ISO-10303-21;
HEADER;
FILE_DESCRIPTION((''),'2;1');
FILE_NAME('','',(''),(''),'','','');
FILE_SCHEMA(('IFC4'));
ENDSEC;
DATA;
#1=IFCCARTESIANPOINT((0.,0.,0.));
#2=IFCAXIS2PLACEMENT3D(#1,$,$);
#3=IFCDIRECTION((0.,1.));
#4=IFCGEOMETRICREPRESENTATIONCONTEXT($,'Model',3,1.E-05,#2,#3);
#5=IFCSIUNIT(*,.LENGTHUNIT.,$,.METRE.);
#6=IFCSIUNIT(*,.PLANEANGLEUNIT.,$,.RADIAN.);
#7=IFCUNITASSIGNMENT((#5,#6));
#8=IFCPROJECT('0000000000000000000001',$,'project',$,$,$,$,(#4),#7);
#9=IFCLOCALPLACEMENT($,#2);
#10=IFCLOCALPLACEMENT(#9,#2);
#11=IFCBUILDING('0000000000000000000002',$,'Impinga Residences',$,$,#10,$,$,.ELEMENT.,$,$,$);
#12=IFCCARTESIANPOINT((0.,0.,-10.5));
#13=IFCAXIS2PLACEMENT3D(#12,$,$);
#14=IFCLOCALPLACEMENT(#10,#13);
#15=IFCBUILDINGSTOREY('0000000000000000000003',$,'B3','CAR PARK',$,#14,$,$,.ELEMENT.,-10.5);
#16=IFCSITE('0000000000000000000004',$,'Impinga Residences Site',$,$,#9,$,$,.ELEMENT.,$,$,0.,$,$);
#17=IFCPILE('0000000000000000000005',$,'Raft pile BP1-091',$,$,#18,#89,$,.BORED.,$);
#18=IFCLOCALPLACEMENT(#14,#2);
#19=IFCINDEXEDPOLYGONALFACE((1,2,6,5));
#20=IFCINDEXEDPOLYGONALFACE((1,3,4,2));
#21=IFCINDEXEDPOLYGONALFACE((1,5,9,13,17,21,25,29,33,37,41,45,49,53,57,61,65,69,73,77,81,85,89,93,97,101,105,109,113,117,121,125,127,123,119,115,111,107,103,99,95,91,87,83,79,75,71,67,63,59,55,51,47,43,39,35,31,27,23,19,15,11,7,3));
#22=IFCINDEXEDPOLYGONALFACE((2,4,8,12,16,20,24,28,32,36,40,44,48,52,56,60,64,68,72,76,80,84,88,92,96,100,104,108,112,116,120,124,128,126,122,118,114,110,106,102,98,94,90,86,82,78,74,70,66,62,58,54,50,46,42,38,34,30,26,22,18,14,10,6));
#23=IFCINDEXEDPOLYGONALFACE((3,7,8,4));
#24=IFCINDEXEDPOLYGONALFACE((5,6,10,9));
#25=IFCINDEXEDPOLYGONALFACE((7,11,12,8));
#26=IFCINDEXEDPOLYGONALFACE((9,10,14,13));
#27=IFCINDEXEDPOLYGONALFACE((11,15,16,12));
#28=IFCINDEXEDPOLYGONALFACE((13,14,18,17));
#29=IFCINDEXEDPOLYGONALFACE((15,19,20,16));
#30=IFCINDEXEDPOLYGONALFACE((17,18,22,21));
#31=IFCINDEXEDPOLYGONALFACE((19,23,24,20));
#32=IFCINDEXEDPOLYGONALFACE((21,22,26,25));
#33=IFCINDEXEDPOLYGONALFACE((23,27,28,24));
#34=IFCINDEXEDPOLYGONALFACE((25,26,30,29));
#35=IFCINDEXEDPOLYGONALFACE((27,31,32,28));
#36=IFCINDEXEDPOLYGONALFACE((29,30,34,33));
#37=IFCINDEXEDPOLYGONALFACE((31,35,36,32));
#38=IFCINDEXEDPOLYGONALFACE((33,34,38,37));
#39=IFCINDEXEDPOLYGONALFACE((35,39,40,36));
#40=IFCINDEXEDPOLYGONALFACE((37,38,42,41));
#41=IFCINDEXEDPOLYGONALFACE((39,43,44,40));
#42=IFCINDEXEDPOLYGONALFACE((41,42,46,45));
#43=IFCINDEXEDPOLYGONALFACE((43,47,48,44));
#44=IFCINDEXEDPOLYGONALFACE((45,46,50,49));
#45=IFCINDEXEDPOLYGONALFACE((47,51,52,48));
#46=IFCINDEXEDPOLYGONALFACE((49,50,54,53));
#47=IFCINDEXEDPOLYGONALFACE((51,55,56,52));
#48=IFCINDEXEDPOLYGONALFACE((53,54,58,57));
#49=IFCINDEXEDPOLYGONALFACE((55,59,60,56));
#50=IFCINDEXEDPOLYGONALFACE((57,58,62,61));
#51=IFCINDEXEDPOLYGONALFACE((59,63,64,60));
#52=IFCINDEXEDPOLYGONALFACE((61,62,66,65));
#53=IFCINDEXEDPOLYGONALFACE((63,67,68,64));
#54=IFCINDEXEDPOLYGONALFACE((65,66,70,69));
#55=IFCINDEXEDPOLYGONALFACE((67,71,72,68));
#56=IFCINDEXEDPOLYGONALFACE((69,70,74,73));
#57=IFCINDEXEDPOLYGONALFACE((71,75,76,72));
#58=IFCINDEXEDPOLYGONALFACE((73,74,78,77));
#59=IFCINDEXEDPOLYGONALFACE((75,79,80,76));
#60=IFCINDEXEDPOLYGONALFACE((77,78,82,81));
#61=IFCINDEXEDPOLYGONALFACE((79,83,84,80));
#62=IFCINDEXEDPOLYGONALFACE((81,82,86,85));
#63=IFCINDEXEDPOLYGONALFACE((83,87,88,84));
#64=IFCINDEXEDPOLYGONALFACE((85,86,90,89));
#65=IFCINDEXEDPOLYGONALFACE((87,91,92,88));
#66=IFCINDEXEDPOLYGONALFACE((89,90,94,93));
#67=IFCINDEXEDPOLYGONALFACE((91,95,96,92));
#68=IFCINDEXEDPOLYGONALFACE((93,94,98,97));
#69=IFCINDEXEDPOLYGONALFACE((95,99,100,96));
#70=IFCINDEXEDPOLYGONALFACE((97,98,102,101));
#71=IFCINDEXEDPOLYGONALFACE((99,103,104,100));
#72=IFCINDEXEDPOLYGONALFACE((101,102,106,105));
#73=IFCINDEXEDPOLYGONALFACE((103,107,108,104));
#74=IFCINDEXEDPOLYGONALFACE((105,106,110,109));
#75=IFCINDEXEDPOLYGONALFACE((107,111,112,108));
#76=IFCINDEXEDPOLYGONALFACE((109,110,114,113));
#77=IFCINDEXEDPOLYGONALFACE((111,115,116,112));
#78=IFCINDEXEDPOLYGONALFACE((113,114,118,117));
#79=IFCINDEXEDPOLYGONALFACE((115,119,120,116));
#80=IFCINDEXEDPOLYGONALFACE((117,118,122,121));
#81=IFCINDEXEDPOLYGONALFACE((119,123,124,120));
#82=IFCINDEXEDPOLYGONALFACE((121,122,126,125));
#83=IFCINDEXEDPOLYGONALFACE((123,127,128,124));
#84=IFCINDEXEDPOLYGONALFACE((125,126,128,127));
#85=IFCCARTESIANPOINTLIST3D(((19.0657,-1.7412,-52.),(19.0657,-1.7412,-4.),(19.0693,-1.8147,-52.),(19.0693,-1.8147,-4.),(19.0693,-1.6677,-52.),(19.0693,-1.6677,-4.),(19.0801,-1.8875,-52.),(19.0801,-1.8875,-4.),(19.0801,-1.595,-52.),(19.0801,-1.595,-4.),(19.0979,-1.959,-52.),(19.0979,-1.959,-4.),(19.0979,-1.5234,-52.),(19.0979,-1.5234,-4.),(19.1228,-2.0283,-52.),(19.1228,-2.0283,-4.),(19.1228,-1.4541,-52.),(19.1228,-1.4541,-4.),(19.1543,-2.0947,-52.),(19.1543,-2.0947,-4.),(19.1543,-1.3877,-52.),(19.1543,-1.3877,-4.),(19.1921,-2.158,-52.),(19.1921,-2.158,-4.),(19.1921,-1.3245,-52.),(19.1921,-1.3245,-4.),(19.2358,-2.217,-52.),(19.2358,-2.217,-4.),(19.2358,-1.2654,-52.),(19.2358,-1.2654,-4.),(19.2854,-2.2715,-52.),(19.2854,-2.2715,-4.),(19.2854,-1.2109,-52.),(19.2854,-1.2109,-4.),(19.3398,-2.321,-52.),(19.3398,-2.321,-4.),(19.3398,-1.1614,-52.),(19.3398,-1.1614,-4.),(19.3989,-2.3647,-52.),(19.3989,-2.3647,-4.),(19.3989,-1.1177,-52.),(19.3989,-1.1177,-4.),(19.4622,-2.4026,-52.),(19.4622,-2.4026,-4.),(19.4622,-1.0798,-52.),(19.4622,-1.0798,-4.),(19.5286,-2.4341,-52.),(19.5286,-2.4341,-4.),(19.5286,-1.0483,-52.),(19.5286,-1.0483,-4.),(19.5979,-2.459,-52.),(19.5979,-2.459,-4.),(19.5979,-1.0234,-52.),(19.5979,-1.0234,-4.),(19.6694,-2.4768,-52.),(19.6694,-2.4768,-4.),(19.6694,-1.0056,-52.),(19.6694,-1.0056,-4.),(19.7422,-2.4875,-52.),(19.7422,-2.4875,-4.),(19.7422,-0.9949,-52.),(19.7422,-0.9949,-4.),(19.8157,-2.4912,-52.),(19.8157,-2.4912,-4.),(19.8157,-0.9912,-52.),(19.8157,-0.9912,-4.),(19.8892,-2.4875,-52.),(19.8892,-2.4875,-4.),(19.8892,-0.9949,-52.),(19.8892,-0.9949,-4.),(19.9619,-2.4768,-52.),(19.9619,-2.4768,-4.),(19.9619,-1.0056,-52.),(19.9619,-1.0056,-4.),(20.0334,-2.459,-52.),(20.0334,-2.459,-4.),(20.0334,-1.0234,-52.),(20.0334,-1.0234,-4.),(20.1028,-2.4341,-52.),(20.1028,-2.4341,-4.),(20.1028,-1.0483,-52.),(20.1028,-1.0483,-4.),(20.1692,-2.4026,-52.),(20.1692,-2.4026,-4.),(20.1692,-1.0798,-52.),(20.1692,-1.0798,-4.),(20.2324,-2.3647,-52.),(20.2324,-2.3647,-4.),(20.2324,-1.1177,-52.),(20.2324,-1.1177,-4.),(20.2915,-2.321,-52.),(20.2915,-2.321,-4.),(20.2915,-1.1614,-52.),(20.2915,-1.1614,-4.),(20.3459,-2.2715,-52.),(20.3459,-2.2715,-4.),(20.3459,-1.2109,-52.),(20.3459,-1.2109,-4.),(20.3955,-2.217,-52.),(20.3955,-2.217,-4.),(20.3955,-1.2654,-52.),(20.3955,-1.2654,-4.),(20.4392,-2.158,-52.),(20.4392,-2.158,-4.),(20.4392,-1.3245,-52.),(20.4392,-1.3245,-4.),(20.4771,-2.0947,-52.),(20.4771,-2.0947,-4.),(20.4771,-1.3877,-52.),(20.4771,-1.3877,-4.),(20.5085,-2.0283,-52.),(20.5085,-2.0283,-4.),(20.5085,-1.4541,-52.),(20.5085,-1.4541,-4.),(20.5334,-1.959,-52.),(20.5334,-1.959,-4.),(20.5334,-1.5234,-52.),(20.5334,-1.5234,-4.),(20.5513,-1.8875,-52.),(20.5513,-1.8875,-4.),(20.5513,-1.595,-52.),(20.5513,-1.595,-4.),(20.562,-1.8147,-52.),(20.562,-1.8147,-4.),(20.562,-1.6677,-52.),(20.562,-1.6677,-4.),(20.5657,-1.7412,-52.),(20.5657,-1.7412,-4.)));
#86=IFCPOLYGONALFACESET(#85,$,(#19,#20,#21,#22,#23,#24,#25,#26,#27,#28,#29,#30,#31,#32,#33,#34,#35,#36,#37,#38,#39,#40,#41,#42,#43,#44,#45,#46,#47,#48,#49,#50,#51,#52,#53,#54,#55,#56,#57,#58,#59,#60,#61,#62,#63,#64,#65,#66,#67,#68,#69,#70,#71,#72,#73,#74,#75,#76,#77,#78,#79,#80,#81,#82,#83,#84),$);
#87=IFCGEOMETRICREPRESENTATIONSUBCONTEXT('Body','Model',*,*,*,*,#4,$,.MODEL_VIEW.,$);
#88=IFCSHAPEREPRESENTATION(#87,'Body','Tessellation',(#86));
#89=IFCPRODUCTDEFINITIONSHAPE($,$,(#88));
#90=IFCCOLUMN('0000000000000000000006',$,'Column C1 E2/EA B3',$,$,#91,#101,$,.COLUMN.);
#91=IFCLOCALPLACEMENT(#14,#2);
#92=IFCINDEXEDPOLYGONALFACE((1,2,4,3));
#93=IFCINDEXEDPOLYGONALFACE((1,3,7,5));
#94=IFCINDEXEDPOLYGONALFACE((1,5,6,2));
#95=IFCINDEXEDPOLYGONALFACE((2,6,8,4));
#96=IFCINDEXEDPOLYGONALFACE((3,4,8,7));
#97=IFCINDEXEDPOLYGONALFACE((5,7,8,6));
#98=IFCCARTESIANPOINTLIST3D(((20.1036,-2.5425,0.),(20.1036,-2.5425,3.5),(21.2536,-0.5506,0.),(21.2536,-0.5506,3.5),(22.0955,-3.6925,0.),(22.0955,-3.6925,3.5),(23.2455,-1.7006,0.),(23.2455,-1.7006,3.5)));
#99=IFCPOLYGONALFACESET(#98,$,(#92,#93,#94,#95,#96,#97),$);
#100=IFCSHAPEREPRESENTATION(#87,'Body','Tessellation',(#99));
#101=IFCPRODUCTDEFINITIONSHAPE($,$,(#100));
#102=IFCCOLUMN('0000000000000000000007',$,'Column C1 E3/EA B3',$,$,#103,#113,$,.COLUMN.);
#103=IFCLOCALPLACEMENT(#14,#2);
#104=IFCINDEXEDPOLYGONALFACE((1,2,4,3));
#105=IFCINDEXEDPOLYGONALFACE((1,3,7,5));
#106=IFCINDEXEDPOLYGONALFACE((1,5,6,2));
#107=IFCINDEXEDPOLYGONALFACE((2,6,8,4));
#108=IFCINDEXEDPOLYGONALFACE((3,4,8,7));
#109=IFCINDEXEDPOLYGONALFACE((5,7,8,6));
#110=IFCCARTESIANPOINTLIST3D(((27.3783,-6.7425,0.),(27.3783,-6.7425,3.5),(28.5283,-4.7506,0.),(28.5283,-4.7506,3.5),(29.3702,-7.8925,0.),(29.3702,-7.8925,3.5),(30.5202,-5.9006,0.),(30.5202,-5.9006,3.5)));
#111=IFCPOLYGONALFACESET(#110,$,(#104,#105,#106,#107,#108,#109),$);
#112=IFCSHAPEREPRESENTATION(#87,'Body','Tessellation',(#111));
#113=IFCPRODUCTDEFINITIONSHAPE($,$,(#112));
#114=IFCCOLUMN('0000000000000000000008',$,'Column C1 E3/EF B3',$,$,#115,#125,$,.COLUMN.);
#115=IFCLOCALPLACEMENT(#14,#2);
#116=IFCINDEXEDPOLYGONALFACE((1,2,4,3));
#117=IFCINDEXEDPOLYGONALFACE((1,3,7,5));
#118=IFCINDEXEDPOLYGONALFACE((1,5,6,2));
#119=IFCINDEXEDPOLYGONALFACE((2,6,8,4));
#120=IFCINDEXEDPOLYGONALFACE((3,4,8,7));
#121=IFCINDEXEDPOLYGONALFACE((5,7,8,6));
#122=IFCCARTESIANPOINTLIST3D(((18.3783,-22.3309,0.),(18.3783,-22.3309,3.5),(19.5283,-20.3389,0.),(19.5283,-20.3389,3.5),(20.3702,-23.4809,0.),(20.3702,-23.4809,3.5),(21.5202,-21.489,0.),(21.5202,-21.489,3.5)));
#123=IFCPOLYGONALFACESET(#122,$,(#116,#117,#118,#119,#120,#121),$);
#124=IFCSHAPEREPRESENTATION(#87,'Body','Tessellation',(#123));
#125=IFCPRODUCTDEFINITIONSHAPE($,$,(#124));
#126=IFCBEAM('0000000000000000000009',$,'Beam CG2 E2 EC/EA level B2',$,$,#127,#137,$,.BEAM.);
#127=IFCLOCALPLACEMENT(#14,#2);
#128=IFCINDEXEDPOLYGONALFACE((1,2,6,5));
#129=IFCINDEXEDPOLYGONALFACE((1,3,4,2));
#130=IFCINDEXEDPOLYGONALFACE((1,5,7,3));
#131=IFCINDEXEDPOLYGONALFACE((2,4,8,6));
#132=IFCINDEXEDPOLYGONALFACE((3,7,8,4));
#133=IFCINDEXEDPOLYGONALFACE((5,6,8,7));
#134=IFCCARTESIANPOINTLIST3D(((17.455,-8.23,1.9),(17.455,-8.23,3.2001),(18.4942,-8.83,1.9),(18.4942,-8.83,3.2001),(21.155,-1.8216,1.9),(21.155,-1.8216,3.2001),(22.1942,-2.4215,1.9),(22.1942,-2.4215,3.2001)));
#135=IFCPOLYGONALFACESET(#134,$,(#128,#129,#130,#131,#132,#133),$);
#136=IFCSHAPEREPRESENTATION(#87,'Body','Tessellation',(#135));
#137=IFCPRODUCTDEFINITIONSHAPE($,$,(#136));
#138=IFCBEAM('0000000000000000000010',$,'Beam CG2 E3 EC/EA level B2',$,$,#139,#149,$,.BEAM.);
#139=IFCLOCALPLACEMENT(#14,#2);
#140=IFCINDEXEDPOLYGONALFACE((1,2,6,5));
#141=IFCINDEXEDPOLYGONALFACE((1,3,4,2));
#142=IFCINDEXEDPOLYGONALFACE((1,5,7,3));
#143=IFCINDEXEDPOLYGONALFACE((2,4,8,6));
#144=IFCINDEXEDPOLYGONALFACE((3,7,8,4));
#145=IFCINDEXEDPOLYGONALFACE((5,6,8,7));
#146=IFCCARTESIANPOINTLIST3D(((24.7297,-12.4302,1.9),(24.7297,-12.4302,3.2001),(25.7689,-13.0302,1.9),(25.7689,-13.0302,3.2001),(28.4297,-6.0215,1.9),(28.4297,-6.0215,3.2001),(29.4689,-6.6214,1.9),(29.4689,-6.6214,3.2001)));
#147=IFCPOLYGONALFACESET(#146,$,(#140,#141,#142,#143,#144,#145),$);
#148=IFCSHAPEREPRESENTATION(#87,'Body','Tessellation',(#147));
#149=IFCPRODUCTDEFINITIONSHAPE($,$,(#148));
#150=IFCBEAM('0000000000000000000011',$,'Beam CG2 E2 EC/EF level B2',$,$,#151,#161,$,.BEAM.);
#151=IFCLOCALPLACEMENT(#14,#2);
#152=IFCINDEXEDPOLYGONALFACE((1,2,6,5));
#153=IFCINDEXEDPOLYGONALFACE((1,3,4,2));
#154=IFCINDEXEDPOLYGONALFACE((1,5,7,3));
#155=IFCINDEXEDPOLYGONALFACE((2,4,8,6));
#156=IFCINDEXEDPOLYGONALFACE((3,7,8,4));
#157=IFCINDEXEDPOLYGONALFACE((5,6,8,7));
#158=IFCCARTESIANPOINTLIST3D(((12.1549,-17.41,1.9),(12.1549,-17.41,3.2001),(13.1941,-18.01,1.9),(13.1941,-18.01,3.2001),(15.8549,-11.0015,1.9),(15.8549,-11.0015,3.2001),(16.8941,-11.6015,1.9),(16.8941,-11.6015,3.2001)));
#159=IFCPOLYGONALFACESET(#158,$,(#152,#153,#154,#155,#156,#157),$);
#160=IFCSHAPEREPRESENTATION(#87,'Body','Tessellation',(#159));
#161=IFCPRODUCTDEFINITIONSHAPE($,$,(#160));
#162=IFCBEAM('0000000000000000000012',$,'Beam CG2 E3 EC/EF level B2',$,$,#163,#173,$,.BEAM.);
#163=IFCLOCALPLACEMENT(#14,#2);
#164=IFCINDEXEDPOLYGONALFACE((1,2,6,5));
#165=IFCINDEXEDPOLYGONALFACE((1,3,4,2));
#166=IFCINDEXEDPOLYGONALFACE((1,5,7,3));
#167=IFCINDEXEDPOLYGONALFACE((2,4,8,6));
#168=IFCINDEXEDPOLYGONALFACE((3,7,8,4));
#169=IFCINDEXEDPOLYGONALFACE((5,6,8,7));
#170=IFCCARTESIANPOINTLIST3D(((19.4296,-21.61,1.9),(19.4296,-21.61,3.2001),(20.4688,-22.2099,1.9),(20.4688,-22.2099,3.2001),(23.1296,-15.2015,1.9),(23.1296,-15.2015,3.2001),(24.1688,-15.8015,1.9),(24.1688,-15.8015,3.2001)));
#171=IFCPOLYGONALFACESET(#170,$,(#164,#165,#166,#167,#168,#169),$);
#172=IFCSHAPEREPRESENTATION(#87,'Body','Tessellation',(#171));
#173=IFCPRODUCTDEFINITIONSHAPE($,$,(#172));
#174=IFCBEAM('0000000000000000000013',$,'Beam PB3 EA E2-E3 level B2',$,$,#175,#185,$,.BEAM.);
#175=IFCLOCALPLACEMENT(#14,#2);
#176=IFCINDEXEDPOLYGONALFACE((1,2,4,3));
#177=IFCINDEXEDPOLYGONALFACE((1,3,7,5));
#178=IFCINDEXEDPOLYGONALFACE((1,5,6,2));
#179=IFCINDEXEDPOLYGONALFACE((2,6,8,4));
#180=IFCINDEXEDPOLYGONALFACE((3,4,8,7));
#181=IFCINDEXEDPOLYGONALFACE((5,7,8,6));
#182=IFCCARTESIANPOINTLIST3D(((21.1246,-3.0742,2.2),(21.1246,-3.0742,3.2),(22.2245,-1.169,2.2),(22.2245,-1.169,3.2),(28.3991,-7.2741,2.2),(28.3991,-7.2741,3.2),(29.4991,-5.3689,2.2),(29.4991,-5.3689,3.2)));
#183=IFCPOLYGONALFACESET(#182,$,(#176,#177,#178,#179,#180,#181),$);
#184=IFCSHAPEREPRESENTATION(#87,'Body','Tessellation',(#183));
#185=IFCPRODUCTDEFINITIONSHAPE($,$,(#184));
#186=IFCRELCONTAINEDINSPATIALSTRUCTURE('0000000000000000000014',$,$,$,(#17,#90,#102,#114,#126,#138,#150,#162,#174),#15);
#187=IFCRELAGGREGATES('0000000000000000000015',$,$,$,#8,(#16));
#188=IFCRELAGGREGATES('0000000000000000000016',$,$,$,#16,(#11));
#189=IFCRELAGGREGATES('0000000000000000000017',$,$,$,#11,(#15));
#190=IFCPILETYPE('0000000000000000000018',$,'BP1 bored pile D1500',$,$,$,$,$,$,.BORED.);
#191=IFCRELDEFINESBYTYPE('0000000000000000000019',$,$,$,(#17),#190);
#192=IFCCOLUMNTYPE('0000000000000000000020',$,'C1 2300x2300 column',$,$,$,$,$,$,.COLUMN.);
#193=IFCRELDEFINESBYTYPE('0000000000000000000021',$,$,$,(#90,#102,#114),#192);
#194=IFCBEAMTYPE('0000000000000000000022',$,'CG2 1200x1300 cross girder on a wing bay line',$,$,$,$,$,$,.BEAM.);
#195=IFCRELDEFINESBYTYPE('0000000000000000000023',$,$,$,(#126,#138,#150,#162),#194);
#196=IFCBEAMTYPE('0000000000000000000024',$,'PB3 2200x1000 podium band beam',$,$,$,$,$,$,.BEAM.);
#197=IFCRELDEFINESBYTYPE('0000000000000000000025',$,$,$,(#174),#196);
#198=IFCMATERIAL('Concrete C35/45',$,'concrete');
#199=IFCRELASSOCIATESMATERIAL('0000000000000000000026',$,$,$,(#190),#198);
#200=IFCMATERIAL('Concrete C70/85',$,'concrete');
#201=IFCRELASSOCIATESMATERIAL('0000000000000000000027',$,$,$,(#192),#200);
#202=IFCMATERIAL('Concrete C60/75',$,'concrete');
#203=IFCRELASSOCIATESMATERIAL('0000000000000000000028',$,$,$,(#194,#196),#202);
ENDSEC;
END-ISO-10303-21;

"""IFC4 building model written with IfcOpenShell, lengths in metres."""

from ifc_helpers import new_model, si_unit, direction, frame, origin, origin_2d, place, context, subcontext, project, spatial, polyline, rectangle, circle, outline, extrude, material, material_profile, profile_set, type_object, element, save


model = new_model("IFC4")

# Units and contexts
model_context = context("Model", 3, precision=1e-05, world=origin(), true_north=direction((0.0, 1.0)))
body_context = subcontext(model_context, "Body", "Model", "MODEL_VIEW")
ifc_project = project(units=[si_unit("LENGTHUNIT", "METRE"), si_unit("PLANEANGLEUNIT", "RADIAN")], contexts=[model_context])

# Site, building, storey
site_placement = place(None, origin())
site = spatial("IfcSite", under=ifc_project, at=site_placement, Name="Impinga Residences Site", CompositionType="ELEMENT", RefElevation=0.0)
building_placement = place(site_placement, origin())
building = spatial("IfcBuilding", under=site, at=building_placement, Name="Impinga Residences", CompositionType="ELEMENT")
storey_placement = place(building_placement, frame((0.0, 0.0, -10.5)))
storey = spatial("IfcBuildingStorey", under=building, at=storey_placement, Name="B3", Description="CAR PARK", CompositionType="ELEMENT", Elevation=-10.5)

# Pile
ifc_material_1 = material(Name="Concrete C35/45", Category="concrete")
ifc_material_profile_1 = material_profile(ifc_material_1, circle(Radius=0.75, at=origin_2d()), Name="D1500")
ifc_profile_set_1 = profile_set([ifc_material_profile_1], Name="Concrete C35/45")
pile_type = type_object("IfcPileType", Name="BP1 bored pile D1500", PredefinedType="BORED", material=ifc_profile_set_1)
pile_1_placement = place(storey_placement, frame((19.8157, -1.7412, -4.0), z_axis=(0.0, 0.0, -1.0), x_axis=(1.0, 0.0, 0.0)))
element("IfcPile", 1, at=pile_1_placement, inside=storey, type_object=pile_type, Name="Raft pile BP1-091", PredefinedType="BORED", context=body_context, shape_type="SweptSolid", body=[
    extrude(outline(polyline([(0.75, 0.0), (0.7463, 0.0735), (0.7356, 0.1462), (0.7178, 0.2178), (0.6929, 0.2871), (0.6614, 0.3535), (0.6235, 0.4167), (0.5798, 0.4758), (0.5303, 0.5303), (0.4758, 0.5798), (0.4167, 0.6235), (0.3535, 0.6614), (0.2871, 0.6929), (0.2178, 0.7178), (0.1462, 0.7356), (0.0735, 0.7463), (0.0, 0.75), (-0.0735, 0.7463), (-0.1462, 0.7356), (-0.2178, 0.7178), (-0.2871, 0.6929), (-0.3535, 0.6614), (-0.4167, 0.6235), (-0.4758, 0.5798), (-0.5303, 0.5303), (-0.5798, 0.4758), (-0.6235, 0.4167), (-0.6614, 0.3535), (-0.6929, 0.2871), (-0.7178, 0.2178), (-0.7356, 0.1462), (-0.7463, 0.0735), (-0.75, 0.0), (-0.7463, -0.0735), (-0.7356, -0.1462), (-0.7178, -0.2178), (-0.6929, -0.2871), (-0.6614, -0.3535), (-0.6235, -0.4167), (-0.5798, -0.4758), (-0.5303, -0.5303), (-0.4758, -0.5798), (-0.4167, -0.6235), (-0.3535, -0.6614), (-0.2871, -0.6929), (-0.2178, -0.7178), (-0.1462, -0.7356), (-0.0735, -0.7463), (0.0, -0.75), (0.0735, -0.7463), (0.1462, -0.7356), (0.2178, -0.7178), (0.2871, -0.6929), (0.3535, -0.6614), (0.4167, -0.6235), (0.4758, -0.5798), (0.5303, -0.5303), (0.5798, -0.4758), (0.6235, -0.4167), (0.6614, -0.3535), (0.6929, -0.2871), (0.7178, -0.2178), (0.7356, -0.1462), (0.7463, -0.0735), (0.75, 0.0)])), origin(), (0.0, 0.0, 1.0), 48.0),
])

# Columns
ifc_material_2 = material(Name="Concrete C70/85", Category="concrete")
ifc_material_profile_2 = material_profile(ifc_material_2, rectangle(XDim=2.3, YDim=2.3, at=origin_2d()), Name="RC 2300x2300")
ifc_profile_set_2 = profile_set([ifc_material_profile_2], Name="Concrete C70/85")
column_type = type_object("IfcColumnType", Name="C1 2300x2300 column", PredefinedType="COLUMN", material=ifc_profile_set_2)
for number, where, z_axis, x_axis, name in (
    (2, (21.6746, -2.1216, 0.0), (0.0, 0.0, 1.0), (-0.5, -0.866025, 0.0), "Column C1 E2/EA B3"),
    (3, (28.9492, -6.3215, 0.0), (0.0, 0.0, 1.0), (-0.5, -0.866025, 0.0), "Column C1 E3/EA B3"),
    (4, (19.9492, -21.9099, 0.0), (0.0, 0.0, 1.0), (-0.5, -0.866025, 0.0), "Column C1 E3/EF B3"),
):
    element("IfcColumn", number, at=place(storey_placement, frame(where, z_axis=z_axis, x_axis=x_axis)), inside=storey, type_object=column_type, Name=name, PredefinedType="COLUMN", context=body_context, shape_type="SweptSolid", body=[
        extrude(rectangle(XDim=2.3, YDim=2.3, at=origin_2d()), origin(), (0.0, 0.0, 1.0), 3.5),
    ])

# Beams
ifc_material_3 = material(Name="Concrete C60/75", Category="concrete")
ifc_material_profile_3 = material_profile(ifc_material_3, rectangle(XDim=1.2, YDim=1.3, at=origin_2d()), Name="RC 1200x1300")
ifc_profile_set_3 = profile_set([ifc_material_profile_3], Name="Concrete C60/75")
beam_type_1 = type_object("IfcBeamType", Name="CG2 1200x1300 cross girder on a wing bay line", PredefinedType="BEAM", material=ifc_profile_set_3)
beam_1_placement = place(storey_placement, frame((17.9746, -8.53, 2.55), z_axis=(0.500003, 0.866024, 0.0), x_axis=(-0.866024, 0.500003, 0.0)))
element("IfcBeam", 5, at=beam_1_placement, inside=storey, type_object=beam_type_1, Name="Beam CG2 E2 EC/EA level B2", PredefinedType="BEAM", context=body_context, shape_type="SweptSolid", body=[
    extrude(rectangle(XDim=1.2, YDim=1.3, at=origin_2d()), origin(), (0.0, 0.0, 1.0), 7.3999),
])
beam_2_placement = place(storey_placement, frame((25.2493, -12.7302, 2.55), z_axis=(0.499989, 0.866032, 0.0), x_axis=(-0.866032, 0.499989, 0.0)))
element("IfcBeam", 6, at=beam_2_placement, inside=storey, type_object=beam_type_1, Name="Beam CG2 E3 EC/EA level B2", PredefinedType="BEAM", context=body_context, shape_type="SweptSolid", body=[
    extrude(rectangle(XDim=1.2, YDim=1.3, at=origin_2d()), origin(), (0.0, 0.0, 1.0), 7.4001),
])
for number, where, z_axis, x_axis, name in (
    (7, (16.3745, -11.3015, 2.55), (-0.500003, -0.866024, 0.0), (0.866024, -0.500003, 0.0), "Beam CG2 E2 EC/EF level B2"),
    (8, (23.6492, -15.5015, 2.55), (-0.500003, -0.866024, 0.0), (0.866024, -0.500003, 0.0), "Beam CG2 E3 EC/EF level B2"),
):
    element("IfcBeam", number, at=place(storey_placement, frame(where, z_axis=z_axis, x_axis=x_axis)), inside=storey, type_object=beam_type_1, Name=name, PredefinedType="BEAM", context=body_context, shape_type="SweptSolid", body=[
        extrude(rectangle(XDim=1.2, YDim=1.3, at=origin_2d()), origin(), (0.0, 0.0, 1.0), 7.3999),
    ])
ifc_material_profile_4 = material_profile(ifc_material_3, rectangle(XDim=2.2, YDim=1.0, at=origin_2d()), Name="RC 2200x1000")
ifc_profile_set_4 = profile_set([ifc_material_profile_4], Name="Concrete C60/75")
beam_type_2 = type_object("IfcBeamType", Name="PB3 2200x1000 podium band beam", PredefinedType="BEAM", material=ifc_profile_set_4)
for number, where, z_axis, x_axis, name in (
    (9, (21.6746, -2.1216, 2.7), (0.866029, -0.499993, 0.0), (0.499993, 0.866029, 0.0), "Beam PB3 EA E2-E3 level B2"),
):
    element("IfcBeam", number, at=place(storey_placement, frame(where, z_axis=z_axis, x_axis=x_axis)), inside=storey, type_object=beam_type_2, Name=name, PredefinedType="BEAM", context=body_context, shape_type="SweptSolid", body=[
        extrude(rectangle(XDim=2.2, YDim=1.0, at=origin_2d()), origin(), (0.0, 0.0, 1.0), 8.3999),
    ])

save(model, "model.ifc")
